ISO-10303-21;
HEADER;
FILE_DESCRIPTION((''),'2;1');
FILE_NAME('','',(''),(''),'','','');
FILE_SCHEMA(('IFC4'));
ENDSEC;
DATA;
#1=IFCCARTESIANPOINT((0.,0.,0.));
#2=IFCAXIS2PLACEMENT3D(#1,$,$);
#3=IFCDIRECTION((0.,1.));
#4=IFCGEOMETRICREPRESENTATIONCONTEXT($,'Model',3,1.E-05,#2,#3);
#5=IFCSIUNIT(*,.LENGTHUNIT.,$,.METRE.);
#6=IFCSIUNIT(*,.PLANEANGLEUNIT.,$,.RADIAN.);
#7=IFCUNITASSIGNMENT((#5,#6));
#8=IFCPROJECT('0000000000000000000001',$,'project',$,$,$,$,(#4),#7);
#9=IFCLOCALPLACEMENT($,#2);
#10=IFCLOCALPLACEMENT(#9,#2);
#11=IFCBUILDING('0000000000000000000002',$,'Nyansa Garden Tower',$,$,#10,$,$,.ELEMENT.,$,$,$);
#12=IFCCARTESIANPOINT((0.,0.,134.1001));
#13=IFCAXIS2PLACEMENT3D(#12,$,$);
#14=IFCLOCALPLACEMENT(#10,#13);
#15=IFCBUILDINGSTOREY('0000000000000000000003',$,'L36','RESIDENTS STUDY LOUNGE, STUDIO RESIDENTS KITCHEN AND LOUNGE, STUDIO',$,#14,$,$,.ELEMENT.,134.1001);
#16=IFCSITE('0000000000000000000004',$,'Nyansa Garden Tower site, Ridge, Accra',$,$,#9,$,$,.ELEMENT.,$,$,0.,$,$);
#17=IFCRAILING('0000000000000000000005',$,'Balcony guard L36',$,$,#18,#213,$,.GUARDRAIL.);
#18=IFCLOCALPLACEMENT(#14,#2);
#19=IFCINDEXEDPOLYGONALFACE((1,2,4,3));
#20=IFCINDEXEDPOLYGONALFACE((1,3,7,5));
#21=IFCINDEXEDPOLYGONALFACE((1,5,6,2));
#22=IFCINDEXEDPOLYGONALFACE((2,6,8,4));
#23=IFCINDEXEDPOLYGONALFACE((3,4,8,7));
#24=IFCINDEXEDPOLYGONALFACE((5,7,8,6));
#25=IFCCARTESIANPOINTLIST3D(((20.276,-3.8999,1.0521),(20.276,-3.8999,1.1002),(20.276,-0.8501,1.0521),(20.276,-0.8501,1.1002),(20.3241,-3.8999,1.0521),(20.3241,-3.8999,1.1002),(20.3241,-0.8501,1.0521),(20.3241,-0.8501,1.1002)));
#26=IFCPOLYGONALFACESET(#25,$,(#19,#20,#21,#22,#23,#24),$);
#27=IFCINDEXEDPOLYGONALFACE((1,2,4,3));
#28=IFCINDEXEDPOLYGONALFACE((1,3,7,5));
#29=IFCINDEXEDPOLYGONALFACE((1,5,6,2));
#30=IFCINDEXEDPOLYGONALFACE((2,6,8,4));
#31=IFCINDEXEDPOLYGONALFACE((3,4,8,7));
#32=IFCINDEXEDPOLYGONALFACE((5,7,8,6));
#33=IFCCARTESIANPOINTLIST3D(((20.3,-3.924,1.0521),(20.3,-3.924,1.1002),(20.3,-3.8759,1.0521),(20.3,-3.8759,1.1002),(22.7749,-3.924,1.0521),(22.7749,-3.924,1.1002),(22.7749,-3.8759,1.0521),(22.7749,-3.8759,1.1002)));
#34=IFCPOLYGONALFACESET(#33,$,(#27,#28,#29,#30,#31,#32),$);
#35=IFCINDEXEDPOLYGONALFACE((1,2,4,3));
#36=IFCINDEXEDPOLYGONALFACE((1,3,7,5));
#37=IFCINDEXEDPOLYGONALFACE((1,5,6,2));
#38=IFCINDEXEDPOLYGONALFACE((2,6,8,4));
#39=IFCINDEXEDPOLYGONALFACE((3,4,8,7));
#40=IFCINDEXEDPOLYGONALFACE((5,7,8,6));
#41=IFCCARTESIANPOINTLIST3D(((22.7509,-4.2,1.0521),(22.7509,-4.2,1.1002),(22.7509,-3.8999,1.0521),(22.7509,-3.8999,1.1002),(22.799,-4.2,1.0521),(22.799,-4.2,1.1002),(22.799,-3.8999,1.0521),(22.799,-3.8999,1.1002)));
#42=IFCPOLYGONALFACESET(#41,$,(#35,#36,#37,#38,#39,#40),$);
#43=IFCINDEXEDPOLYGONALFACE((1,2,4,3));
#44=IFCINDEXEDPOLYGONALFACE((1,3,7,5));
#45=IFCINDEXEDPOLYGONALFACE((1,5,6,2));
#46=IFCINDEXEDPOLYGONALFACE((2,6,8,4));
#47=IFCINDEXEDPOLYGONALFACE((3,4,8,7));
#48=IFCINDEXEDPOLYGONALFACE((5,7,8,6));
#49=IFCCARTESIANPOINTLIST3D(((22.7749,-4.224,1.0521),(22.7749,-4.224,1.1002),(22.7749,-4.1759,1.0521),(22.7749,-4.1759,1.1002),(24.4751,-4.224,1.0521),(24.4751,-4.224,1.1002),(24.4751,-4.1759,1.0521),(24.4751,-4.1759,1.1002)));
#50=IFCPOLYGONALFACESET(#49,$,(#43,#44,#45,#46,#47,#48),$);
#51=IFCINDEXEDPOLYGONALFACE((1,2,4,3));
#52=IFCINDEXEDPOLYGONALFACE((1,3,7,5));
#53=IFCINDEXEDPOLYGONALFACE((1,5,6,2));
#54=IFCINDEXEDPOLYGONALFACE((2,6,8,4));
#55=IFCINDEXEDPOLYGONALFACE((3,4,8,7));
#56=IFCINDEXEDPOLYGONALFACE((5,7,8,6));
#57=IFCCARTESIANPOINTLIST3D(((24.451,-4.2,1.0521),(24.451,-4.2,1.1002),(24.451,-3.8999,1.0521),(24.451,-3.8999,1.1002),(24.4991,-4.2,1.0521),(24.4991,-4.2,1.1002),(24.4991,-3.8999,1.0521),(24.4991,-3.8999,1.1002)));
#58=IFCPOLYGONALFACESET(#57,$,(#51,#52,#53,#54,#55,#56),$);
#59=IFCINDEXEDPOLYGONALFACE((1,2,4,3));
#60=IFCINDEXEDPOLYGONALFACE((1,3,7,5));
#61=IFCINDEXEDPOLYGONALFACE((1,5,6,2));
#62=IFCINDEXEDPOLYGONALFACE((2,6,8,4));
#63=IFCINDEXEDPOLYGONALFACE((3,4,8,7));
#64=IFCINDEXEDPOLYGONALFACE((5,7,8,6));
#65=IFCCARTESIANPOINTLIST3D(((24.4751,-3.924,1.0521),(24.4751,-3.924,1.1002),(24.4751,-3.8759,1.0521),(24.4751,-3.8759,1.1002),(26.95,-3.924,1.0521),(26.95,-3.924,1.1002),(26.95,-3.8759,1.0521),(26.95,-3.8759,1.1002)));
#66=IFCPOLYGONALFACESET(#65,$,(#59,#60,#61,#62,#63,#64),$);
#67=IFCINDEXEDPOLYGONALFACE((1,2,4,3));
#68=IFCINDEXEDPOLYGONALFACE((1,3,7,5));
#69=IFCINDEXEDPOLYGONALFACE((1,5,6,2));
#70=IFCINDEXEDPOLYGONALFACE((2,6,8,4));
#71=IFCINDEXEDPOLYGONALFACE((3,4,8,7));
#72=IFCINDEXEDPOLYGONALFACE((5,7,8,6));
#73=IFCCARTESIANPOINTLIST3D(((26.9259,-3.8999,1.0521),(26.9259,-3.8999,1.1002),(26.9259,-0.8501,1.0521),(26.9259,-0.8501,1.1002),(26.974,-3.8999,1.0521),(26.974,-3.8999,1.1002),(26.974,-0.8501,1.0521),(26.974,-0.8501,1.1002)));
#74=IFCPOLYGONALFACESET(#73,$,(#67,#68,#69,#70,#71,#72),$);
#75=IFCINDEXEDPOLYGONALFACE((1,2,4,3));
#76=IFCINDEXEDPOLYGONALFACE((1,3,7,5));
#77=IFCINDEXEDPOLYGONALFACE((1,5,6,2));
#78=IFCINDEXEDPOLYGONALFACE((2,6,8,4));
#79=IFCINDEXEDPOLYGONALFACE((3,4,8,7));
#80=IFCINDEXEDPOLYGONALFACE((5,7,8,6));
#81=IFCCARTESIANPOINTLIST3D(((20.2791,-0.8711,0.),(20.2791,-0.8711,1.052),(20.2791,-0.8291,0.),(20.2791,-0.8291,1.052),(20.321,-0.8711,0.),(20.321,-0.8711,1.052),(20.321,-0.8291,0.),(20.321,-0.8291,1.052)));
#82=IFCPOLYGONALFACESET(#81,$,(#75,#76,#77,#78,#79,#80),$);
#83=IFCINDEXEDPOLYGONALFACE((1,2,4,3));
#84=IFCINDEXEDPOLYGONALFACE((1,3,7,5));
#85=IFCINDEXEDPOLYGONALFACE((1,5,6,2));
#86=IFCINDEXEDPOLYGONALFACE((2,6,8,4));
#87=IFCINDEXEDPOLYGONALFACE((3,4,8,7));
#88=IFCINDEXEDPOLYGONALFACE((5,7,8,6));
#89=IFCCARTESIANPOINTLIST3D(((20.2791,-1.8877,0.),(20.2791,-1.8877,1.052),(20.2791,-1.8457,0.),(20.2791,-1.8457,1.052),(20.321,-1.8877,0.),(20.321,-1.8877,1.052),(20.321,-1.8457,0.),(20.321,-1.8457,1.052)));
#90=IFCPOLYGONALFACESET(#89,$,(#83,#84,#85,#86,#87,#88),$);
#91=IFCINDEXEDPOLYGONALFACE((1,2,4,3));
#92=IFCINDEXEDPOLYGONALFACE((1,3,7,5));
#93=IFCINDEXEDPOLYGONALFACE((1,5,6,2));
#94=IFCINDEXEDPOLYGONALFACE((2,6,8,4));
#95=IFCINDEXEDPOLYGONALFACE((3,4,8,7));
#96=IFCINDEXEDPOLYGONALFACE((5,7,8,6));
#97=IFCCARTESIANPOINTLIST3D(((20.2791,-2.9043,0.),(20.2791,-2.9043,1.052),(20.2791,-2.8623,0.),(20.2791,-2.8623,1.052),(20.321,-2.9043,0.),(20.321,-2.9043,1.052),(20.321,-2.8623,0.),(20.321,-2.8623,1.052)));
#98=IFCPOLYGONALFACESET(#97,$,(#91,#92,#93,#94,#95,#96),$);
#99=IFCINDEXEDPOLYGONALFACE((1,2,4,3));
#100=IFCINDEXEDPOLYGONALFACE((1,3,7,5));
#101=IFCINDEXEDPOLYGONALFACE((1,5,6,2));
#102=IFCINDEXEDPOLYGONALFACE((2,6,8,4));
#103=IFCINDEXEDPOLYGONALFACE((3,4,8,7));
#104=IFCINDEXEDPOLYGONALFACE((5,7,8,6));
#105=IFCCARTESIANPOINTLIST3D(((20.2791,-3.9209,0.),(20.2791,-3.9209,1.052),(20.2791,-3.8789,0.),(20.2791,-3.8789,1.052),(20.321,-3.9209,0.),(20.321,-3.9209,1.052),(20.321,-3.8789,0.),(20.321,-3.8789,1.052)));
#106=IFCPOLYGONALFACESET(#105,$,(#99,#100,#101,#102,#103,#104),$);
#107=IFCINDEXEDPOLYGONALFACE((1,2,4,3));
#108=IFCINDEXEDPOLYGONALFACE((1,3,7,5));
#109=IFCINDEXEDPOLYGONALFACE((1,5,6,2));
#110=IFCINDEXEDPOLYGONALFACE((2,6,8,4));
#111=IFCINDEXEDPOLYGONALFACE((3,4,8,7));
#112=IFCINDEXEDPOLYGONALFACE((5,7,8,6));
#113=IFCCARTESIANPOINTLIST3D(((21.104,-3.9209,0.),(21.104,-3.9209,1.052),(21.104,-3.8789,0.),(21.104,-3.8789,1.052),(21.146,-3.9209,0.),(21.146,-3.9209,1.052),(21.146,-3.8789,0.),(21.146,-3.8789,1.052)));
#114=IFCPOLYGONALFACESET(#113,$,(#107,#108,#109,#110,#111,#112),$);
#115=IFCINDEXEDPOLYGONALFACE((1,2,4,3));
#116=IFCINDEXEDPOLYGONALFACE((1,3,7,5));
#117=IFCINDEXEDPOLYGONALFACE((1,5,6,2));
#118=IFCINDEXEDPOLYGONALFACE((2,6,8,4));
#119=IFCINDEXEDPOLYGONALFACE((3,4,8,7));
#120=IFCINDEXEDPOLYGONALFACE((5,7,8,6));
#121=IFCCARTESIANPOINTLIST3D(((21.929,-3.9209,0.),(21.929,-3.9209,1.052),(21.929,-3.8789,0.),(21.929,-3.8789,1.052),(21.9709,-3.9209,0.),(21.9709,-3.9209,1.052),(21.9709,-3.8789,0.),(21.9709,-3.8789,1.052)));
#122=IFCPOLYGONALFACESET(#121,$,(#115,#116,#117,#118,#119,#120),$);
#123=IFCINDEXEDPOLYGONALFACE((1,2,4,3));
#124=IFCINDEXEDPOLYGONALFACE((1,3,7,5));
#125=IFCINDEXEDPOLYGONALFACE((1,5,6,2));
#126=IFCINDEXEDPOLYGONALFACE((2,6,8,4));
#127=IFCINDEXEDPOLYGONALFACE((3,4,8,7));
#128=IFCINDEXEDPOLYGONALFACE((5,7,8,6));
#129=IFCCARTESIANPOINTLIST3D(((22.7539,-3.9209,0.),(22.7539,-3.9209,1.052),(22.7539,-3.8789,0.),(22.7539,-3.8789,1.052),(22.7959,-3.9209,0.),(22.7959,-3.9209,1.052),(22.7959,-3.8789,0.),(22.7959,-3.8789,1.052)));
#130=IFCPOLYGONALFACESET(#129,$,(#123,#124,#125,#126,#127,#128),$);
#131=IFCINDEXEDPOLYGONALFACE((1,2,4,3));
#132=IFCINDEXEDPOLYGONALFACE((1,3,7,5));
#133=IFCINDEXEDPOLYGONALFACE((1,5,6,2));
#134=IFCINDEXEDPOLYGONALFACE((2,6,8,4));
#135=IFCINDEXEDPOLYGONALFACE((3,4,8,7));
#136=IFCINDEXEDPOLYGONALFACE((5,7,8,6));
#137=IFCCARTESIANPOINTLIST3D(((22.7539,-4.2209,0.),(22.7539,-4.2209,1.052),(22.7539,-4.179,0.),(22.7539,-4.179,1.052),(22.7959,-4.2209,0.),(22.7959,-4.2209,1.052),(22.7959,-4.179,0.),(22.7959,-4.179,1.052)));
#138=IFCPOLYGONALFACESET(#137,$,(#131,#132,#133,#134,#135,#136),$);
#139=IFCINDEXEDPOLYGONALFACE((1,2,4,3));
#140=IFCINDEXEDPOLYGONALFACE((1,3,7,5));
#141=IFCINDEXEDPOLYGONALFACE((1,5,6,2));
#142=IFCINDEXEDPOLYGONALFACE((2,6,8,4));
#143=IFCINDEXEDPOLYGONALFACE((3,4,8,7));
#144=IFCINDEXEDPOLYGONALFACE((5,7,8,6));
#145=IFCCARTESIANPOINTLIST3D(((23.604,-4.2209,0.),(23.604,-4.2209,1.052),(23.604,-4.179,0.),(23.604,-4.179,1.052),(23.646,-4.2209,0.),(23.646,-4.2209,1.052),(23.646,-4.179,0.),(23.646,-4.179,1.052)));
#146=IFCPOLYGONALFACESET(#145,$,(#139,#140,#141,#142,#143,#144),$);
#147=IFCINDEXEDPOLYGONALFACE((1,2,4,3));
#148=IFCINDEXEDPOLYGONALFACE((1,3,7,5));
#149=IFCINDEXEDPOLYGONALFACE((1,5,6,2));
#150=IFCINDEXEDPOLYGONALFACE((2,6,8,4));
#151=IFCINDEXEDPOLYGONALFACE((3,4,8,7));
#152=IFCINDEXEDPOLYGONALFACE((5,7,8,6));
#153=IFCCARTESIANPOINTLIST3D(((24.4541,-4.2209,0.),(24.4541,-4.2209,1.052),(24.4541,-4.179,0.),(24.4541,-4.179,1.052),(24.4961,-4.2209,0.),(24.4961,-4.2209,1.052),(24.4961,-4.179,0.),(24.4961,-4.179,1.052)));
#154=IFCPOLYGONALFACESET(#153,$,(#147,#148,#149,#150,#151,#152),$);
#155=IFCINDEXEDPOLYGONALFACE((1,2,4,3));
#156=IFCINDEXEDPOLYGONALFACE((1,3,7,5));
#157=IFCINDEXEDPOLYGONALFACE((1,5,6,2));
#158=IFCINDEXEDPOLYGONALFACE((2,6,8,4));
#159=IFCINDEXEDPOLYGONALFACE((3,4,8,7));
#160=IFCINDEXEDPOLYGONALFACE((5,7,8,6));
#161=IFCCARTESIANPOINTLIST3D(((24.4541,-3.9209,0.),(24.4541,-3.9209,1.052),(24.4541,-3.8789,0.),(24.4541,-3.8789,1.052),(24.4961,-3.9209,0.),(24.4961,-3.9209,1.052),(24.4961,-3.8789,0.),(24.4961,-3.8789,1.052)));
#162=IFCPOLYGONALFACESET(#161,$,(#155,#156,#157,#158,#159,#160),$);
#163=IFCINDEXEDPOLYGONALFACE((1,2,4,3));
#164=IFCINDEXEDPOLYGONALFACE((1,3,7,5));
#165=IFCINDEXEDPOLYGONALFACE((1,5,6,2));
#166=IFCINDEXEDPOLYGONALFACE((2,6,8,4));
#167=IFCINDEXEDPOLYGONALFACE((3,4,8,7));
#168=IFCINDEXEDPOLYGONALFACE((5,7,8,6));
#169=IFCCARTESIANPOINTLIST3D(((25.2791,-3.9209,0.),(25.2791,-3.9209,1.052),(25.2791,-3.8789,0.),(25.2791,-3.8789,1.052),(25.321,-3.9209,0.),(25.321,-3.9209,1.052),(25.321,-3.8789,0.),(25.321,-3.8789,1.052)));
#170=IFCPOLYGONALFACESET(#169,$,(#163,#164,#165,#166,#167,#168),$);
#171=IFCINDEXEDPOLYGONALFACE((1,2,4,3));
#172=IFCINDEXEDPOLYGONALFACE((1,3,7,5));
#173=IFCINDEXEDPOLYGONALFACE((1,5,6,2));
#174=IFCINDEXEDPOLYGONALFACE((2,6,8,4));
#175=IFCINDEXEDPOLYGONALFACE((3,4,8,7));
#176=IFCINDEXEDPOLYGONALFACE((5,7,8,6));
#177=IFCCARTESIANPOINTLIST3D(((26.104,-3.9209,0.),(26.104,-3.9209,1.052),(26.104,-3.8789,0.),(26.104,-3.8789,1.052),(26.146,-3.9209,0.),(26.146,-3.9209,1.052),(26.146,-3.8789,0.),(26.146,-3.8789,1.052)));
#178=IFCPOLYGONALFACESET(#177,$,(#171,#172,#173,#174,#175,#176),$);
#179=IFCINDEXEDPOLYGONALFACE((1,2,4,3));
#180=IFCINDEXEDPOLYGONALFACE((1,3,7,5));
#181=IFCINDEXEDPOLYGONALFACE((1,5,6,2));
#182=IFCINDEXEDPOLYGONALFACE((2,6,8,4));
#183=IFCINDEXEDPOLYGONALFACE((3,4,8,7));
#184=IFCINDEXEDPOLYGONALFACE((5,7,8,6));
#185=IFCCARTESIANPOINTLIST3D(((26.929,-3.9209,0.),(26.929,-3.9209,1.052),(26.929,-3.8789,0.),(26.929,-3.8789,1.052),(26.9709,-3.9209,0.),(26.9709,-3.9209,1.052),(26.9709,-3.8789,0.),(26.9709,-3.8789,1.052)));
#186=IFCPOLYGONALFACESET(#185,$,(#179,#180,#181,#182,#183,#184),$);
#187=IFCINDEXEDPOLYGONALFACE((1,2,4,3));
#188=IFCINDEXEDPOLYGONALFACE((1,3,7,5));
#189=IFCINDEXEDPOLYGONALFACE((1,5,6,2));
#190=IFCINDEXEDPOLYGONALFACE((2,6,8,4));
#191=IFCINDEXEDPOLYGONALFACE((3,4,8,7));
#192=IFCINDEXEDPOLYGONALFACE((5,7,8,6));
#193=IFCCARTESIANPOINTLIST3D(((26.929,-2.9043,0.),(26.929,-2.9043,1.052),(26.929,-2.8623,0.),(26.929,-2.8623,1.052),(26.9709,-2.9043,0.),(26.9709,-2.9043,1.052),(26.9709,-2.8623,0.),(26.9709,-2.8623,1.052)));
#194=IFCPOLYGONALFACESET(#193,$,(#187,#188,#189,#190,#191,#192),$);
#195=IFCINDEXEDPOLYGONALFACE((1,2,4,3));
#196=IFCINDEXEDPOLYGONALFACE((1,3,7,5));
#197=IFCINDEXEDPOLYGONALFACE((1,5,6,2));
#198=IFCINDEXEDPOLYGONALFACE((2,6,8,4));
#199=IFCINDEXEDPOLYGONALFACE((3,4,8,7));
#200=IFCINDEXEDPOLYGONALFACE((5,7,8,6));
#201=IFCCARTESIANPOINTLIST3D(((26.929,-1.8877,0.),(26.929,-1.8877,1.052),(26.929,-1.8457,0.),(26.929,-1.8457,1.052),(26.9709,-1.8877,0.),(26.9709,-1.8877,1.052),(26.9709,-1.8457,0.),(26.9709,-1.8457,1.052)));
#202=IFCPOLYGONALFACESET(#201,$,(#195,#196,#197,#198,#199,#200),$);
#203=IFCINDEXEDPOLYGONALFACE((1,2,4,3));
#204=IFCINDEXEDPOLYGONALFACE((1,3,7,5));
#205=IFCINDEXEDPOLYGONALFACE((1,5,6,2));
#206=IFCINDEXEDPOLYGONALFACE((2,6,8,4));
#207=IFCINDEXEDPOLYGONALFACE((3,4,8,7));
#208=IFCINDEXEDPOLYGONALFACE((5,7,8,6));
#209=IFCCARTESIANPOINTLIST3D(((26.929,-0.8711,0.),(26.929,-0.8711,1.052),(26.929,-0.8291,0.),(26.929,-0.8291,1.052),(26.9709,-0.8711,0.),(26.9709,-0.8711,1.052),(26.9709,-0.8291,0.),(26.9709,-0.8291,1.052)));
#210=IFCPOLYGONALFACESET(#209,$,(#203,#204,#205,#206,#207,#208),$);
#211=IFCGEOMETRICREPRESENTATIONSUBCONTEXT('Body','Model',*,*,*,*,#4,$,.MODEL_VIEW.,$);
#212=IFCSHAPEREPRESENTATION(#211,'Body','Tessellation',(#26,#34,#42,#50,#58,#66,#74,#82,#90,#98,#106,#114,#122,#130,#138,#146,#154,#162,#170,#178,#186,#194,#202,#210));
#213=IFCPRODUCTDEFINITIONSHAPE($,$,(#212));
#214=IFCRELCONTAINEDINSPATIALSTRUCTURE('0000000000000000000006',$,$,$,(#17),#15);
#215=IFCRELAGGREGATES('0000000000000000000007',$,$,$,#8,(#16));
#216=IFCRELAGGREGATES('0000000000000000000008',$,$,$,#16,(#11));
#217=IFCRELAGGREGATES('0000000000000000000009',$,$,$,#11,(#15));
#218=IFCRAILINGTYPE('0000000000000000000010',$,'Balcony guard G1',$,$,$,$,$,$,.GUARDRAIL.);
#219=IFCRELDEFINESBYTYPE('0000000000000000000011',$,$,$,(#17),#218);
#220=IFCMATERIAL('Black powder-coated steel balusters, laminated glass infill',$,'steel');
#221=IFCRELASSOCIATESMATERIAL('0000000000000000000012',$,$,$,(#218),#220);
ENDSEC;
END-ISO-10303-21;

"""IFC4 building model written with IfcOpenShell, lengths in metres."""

from ifc_helpers import new_model, si_unit, direction, frame, origin, origin_2d, place, context, subcontext, project, spatial, rectangle, extrude, material, type_object, element, save


model = new_model("IFC4")

# Units and contexts
model_context = context("Model", 3, precision=1e-05, world=origin(), true_north=direction((0.0, 1.0)))
body_context = subcontext(model_context, "Body", "Model", "MODEL_VIEW")
ifc_project = project(units=[si_unit("LENGTHUNIT", "METRE"), si_unit("PLANEANGLEUNIT", "RADIAN")], contexts=[model_context])

# Site, building, storey
site_placement = place(None, origin())
site = spatial("IfcSite", under=ifc_project, at=site_placement, Name="Nyansa Garden Tower site, Ridge, Accra", CompositionType="ELEMENT", RefElevation=0.0)
building_placement = place(site_placement, origin())
building = spatial("IfcBuilding", under=site, at=building_placement, Name="Nyansa Garden Tower", CompositionType="ELEMENT")
storey_placement = place(building_placement, frame((0.0, 0.0, 134.1001)))
storey = spatial("IfcBuildingStorey", under=building, at=storey_placement, Name="L36", Description="RESIDENTS STUDY LOUNGE, STUDIO RESIDENTS KITCHEN AND LOUNGE, STUDIO", CompositionType="ELEMENT", Elevation=134.1001)

# Railing
ifc_material_1 = material(Name="Black powder-coated steel balusters, laminated glass infill", Category="steel")
railing_type = type_object("IfcRailingType", Name="Balcony guard G1", PredefinedType="GUARDRAIL", material=ifc_material_1)
railing_placement = place(storey_placement, frame((20.3, -0.8501, 0.0)))
element("IfcRailing", 1, at=railing_placement, inside=storey, type_object=railing_type, Name="Balcony guard L36", PredefinedType="GUARDRAIL", context=body_context, shape_type="SweptSolid", body=[
    extrude(rectangle(XDim=0.0481, YDim=0.0481, at=origin_2d()), frame((0.0, 0.0, 1.0762), z_axis=(0.0, -1.0, 0.0), x_axis=(1.0, 0.0, 0.0)), (0.0, 0.0, 1.0), 3.0498),
    extrude(rectangle(XDim=0.0481, YDim=0.0481, at=origin_2d()), frame((0.0, -3.0498, 1.0762), z_axis=(1.0, 0.0, 0.0), x_axis=(0.0, 1.0, 0.0)), (0.0, 0.0, 1.0), 2.4749),
    extrude(rectangle(XDim=0.0481, YDim=0.0481, at=origin_2d()), frame((2.4749, -3.0498, 1.0762), z_axis=(0.0, -1.0, 0.0), x_axis=(1.0, 0.0, 0.0)), (0.0, 0.0, 1.0), 0.3),
    extrude(rectangle(XDim=0.0481, YDim=0.0481, at=origin_2d()), frame((2.4749, -3.3499, 1.0762), z_axis=(1.0, 0.0, 0.0), x_axis=(0.0, 1.0, 0.0)), (0.0, 0.0, 1.0), 1.7002),
    extrude(rectangle(XDim=0.0481, YDim=0.0481, at=origin_2d()), frame((4.175, -3.3499, 1.0762), z_axis=(0.0, 1.0, 0.0), x_axis=(-1.0, 0.0, 0.0)), (0.0, 0.0, 1.0), 0.3),
    extrude(rectangle(XDim=0.0481, YDim=0.0481, at=origin_2d()), frame((4.175, -3.0498, 1.0762), z_axis=(1.0, 0.0, 0.0), x_axis=(0.0, 1.0, 0.0)), (0.0, 0.0, 1.0), 2.4749),
    extrude(rectangle(XDim=0.0481, YDim=0.0481, at=origin_2d()), frame((6.6499, -3.0498, 1.0762), z_axis=(0.0, 1.0, 0.0), x_axis=(-1.0, 0.0, 0.0)), (0.0, 0.0, 1.0), 3.0498),
    extrude(rectangle(XDim=0.042, YDim=0.042, at=origin_2d()), origin(), (0.0, 0.0, 1.0), 1.052),
    extrude(rectangle(XDim=0.042, YDim=0.042, at=origin_2d()), frame((0.0, -1.0166, 0.0)), (0.0, 0.0, 1.0), 1.052),
    extrude(rectangle(XDim=0.042, YDim=0.042, at=origin_2d()), frame((0.0, -2.0332, 0.0)), (0.0, 0.0, 1.0), 1.052),
    extrude(rectangle(XDim=0.042, YDim=0.042, at=origin_2d()), frame((0.0, -3.0498, 0.0)), (0.0, 0.0, 1.0), 1.052),
    extrude(rectangle(XDim=0.042, YDim=0.042, at=origin_2d()), frame((0.825, -3.0498, 0.0)), (0.0, 0.0, 1.0), 1.052),
    extrude(rectangle(XDim=0.042, YDim=0.042, at=origin_2d()), frame((1.6499, -3.0498, 0.0)), (0.0, 0.0, 1.0), 1.052),
    extrude(rectangle(XDim=0.042, YDim=0.042, at=origin_2d()), frame((2.4749, -3.0498, 0.0)), (0.0, 0.0, 1.0), 1.052),
    extrude(rectangle(XDim=0.042, YDim=0.042, at=origin_2d()), frame((2.4749, -3.3499, 0.0)), (0.0, 0.0, 1.0), 1.052),
    extrude(rectangle(XDim=0.042, YDim=0.042, at=origin_2d()), frame((3.325, -3.3499, 0.0)), (0.0, 0.0, 1.0), 1.052),
    extrude(rectangle(XDim=0.042, YDim=0.042, at=origin_2d()), frame((4.175, -3.3499, 0.0)), (0.0, 0.0, 1.0), 1.052),
    extrude(rectangle(XDim=0.042, YDim=0.042, at=origin_2d()), frame((4.175, -3.0498, 0.0)), (0.0, 0.0, 1.0), 1.052),
    extrude(rectangle(XDim=0.042, YDim=0.042, at=origin_2d()), frame((5.0, -3.0498, 0.0)), (0.0, 0.0, 1.0), 1.052),
    extrude(rectangle(XDim=0.042, YDim=0.042, at=origin_2d()), frame((5.825, -3.0498, 0.0)), (0.0, 0.0, 1.0), 1.052),
    extrude(rectangle(XDim=0.042, YDim=0.042, at=origin_2d()), frame((6.6499, -3.0498, 0.0)), (0.0, 0.0, 1.0), 1.052),
    extrude(rectangle(XDim=0.042, YDim=0.042, at=origin_2d()), frame((6.6499, -2.0332, 0.0)), (0.0, 0.0, 1.0), 1.052),
    extrude(rectangle(XDim=0.042, YDim=0.042, at=origin_2d()), frame((6.6499, -1.0166, 0.0)), (0.0, 0.0, 1.0), 1.052),
    extrude(rectangle(XDim=0.042, YDim=0.042, at=origin_2d()), frame((6.6499, 0.0, 0.0)), (0.0, 0.0, 1.0), 1.052),
])

save(model, "model.ifc")
